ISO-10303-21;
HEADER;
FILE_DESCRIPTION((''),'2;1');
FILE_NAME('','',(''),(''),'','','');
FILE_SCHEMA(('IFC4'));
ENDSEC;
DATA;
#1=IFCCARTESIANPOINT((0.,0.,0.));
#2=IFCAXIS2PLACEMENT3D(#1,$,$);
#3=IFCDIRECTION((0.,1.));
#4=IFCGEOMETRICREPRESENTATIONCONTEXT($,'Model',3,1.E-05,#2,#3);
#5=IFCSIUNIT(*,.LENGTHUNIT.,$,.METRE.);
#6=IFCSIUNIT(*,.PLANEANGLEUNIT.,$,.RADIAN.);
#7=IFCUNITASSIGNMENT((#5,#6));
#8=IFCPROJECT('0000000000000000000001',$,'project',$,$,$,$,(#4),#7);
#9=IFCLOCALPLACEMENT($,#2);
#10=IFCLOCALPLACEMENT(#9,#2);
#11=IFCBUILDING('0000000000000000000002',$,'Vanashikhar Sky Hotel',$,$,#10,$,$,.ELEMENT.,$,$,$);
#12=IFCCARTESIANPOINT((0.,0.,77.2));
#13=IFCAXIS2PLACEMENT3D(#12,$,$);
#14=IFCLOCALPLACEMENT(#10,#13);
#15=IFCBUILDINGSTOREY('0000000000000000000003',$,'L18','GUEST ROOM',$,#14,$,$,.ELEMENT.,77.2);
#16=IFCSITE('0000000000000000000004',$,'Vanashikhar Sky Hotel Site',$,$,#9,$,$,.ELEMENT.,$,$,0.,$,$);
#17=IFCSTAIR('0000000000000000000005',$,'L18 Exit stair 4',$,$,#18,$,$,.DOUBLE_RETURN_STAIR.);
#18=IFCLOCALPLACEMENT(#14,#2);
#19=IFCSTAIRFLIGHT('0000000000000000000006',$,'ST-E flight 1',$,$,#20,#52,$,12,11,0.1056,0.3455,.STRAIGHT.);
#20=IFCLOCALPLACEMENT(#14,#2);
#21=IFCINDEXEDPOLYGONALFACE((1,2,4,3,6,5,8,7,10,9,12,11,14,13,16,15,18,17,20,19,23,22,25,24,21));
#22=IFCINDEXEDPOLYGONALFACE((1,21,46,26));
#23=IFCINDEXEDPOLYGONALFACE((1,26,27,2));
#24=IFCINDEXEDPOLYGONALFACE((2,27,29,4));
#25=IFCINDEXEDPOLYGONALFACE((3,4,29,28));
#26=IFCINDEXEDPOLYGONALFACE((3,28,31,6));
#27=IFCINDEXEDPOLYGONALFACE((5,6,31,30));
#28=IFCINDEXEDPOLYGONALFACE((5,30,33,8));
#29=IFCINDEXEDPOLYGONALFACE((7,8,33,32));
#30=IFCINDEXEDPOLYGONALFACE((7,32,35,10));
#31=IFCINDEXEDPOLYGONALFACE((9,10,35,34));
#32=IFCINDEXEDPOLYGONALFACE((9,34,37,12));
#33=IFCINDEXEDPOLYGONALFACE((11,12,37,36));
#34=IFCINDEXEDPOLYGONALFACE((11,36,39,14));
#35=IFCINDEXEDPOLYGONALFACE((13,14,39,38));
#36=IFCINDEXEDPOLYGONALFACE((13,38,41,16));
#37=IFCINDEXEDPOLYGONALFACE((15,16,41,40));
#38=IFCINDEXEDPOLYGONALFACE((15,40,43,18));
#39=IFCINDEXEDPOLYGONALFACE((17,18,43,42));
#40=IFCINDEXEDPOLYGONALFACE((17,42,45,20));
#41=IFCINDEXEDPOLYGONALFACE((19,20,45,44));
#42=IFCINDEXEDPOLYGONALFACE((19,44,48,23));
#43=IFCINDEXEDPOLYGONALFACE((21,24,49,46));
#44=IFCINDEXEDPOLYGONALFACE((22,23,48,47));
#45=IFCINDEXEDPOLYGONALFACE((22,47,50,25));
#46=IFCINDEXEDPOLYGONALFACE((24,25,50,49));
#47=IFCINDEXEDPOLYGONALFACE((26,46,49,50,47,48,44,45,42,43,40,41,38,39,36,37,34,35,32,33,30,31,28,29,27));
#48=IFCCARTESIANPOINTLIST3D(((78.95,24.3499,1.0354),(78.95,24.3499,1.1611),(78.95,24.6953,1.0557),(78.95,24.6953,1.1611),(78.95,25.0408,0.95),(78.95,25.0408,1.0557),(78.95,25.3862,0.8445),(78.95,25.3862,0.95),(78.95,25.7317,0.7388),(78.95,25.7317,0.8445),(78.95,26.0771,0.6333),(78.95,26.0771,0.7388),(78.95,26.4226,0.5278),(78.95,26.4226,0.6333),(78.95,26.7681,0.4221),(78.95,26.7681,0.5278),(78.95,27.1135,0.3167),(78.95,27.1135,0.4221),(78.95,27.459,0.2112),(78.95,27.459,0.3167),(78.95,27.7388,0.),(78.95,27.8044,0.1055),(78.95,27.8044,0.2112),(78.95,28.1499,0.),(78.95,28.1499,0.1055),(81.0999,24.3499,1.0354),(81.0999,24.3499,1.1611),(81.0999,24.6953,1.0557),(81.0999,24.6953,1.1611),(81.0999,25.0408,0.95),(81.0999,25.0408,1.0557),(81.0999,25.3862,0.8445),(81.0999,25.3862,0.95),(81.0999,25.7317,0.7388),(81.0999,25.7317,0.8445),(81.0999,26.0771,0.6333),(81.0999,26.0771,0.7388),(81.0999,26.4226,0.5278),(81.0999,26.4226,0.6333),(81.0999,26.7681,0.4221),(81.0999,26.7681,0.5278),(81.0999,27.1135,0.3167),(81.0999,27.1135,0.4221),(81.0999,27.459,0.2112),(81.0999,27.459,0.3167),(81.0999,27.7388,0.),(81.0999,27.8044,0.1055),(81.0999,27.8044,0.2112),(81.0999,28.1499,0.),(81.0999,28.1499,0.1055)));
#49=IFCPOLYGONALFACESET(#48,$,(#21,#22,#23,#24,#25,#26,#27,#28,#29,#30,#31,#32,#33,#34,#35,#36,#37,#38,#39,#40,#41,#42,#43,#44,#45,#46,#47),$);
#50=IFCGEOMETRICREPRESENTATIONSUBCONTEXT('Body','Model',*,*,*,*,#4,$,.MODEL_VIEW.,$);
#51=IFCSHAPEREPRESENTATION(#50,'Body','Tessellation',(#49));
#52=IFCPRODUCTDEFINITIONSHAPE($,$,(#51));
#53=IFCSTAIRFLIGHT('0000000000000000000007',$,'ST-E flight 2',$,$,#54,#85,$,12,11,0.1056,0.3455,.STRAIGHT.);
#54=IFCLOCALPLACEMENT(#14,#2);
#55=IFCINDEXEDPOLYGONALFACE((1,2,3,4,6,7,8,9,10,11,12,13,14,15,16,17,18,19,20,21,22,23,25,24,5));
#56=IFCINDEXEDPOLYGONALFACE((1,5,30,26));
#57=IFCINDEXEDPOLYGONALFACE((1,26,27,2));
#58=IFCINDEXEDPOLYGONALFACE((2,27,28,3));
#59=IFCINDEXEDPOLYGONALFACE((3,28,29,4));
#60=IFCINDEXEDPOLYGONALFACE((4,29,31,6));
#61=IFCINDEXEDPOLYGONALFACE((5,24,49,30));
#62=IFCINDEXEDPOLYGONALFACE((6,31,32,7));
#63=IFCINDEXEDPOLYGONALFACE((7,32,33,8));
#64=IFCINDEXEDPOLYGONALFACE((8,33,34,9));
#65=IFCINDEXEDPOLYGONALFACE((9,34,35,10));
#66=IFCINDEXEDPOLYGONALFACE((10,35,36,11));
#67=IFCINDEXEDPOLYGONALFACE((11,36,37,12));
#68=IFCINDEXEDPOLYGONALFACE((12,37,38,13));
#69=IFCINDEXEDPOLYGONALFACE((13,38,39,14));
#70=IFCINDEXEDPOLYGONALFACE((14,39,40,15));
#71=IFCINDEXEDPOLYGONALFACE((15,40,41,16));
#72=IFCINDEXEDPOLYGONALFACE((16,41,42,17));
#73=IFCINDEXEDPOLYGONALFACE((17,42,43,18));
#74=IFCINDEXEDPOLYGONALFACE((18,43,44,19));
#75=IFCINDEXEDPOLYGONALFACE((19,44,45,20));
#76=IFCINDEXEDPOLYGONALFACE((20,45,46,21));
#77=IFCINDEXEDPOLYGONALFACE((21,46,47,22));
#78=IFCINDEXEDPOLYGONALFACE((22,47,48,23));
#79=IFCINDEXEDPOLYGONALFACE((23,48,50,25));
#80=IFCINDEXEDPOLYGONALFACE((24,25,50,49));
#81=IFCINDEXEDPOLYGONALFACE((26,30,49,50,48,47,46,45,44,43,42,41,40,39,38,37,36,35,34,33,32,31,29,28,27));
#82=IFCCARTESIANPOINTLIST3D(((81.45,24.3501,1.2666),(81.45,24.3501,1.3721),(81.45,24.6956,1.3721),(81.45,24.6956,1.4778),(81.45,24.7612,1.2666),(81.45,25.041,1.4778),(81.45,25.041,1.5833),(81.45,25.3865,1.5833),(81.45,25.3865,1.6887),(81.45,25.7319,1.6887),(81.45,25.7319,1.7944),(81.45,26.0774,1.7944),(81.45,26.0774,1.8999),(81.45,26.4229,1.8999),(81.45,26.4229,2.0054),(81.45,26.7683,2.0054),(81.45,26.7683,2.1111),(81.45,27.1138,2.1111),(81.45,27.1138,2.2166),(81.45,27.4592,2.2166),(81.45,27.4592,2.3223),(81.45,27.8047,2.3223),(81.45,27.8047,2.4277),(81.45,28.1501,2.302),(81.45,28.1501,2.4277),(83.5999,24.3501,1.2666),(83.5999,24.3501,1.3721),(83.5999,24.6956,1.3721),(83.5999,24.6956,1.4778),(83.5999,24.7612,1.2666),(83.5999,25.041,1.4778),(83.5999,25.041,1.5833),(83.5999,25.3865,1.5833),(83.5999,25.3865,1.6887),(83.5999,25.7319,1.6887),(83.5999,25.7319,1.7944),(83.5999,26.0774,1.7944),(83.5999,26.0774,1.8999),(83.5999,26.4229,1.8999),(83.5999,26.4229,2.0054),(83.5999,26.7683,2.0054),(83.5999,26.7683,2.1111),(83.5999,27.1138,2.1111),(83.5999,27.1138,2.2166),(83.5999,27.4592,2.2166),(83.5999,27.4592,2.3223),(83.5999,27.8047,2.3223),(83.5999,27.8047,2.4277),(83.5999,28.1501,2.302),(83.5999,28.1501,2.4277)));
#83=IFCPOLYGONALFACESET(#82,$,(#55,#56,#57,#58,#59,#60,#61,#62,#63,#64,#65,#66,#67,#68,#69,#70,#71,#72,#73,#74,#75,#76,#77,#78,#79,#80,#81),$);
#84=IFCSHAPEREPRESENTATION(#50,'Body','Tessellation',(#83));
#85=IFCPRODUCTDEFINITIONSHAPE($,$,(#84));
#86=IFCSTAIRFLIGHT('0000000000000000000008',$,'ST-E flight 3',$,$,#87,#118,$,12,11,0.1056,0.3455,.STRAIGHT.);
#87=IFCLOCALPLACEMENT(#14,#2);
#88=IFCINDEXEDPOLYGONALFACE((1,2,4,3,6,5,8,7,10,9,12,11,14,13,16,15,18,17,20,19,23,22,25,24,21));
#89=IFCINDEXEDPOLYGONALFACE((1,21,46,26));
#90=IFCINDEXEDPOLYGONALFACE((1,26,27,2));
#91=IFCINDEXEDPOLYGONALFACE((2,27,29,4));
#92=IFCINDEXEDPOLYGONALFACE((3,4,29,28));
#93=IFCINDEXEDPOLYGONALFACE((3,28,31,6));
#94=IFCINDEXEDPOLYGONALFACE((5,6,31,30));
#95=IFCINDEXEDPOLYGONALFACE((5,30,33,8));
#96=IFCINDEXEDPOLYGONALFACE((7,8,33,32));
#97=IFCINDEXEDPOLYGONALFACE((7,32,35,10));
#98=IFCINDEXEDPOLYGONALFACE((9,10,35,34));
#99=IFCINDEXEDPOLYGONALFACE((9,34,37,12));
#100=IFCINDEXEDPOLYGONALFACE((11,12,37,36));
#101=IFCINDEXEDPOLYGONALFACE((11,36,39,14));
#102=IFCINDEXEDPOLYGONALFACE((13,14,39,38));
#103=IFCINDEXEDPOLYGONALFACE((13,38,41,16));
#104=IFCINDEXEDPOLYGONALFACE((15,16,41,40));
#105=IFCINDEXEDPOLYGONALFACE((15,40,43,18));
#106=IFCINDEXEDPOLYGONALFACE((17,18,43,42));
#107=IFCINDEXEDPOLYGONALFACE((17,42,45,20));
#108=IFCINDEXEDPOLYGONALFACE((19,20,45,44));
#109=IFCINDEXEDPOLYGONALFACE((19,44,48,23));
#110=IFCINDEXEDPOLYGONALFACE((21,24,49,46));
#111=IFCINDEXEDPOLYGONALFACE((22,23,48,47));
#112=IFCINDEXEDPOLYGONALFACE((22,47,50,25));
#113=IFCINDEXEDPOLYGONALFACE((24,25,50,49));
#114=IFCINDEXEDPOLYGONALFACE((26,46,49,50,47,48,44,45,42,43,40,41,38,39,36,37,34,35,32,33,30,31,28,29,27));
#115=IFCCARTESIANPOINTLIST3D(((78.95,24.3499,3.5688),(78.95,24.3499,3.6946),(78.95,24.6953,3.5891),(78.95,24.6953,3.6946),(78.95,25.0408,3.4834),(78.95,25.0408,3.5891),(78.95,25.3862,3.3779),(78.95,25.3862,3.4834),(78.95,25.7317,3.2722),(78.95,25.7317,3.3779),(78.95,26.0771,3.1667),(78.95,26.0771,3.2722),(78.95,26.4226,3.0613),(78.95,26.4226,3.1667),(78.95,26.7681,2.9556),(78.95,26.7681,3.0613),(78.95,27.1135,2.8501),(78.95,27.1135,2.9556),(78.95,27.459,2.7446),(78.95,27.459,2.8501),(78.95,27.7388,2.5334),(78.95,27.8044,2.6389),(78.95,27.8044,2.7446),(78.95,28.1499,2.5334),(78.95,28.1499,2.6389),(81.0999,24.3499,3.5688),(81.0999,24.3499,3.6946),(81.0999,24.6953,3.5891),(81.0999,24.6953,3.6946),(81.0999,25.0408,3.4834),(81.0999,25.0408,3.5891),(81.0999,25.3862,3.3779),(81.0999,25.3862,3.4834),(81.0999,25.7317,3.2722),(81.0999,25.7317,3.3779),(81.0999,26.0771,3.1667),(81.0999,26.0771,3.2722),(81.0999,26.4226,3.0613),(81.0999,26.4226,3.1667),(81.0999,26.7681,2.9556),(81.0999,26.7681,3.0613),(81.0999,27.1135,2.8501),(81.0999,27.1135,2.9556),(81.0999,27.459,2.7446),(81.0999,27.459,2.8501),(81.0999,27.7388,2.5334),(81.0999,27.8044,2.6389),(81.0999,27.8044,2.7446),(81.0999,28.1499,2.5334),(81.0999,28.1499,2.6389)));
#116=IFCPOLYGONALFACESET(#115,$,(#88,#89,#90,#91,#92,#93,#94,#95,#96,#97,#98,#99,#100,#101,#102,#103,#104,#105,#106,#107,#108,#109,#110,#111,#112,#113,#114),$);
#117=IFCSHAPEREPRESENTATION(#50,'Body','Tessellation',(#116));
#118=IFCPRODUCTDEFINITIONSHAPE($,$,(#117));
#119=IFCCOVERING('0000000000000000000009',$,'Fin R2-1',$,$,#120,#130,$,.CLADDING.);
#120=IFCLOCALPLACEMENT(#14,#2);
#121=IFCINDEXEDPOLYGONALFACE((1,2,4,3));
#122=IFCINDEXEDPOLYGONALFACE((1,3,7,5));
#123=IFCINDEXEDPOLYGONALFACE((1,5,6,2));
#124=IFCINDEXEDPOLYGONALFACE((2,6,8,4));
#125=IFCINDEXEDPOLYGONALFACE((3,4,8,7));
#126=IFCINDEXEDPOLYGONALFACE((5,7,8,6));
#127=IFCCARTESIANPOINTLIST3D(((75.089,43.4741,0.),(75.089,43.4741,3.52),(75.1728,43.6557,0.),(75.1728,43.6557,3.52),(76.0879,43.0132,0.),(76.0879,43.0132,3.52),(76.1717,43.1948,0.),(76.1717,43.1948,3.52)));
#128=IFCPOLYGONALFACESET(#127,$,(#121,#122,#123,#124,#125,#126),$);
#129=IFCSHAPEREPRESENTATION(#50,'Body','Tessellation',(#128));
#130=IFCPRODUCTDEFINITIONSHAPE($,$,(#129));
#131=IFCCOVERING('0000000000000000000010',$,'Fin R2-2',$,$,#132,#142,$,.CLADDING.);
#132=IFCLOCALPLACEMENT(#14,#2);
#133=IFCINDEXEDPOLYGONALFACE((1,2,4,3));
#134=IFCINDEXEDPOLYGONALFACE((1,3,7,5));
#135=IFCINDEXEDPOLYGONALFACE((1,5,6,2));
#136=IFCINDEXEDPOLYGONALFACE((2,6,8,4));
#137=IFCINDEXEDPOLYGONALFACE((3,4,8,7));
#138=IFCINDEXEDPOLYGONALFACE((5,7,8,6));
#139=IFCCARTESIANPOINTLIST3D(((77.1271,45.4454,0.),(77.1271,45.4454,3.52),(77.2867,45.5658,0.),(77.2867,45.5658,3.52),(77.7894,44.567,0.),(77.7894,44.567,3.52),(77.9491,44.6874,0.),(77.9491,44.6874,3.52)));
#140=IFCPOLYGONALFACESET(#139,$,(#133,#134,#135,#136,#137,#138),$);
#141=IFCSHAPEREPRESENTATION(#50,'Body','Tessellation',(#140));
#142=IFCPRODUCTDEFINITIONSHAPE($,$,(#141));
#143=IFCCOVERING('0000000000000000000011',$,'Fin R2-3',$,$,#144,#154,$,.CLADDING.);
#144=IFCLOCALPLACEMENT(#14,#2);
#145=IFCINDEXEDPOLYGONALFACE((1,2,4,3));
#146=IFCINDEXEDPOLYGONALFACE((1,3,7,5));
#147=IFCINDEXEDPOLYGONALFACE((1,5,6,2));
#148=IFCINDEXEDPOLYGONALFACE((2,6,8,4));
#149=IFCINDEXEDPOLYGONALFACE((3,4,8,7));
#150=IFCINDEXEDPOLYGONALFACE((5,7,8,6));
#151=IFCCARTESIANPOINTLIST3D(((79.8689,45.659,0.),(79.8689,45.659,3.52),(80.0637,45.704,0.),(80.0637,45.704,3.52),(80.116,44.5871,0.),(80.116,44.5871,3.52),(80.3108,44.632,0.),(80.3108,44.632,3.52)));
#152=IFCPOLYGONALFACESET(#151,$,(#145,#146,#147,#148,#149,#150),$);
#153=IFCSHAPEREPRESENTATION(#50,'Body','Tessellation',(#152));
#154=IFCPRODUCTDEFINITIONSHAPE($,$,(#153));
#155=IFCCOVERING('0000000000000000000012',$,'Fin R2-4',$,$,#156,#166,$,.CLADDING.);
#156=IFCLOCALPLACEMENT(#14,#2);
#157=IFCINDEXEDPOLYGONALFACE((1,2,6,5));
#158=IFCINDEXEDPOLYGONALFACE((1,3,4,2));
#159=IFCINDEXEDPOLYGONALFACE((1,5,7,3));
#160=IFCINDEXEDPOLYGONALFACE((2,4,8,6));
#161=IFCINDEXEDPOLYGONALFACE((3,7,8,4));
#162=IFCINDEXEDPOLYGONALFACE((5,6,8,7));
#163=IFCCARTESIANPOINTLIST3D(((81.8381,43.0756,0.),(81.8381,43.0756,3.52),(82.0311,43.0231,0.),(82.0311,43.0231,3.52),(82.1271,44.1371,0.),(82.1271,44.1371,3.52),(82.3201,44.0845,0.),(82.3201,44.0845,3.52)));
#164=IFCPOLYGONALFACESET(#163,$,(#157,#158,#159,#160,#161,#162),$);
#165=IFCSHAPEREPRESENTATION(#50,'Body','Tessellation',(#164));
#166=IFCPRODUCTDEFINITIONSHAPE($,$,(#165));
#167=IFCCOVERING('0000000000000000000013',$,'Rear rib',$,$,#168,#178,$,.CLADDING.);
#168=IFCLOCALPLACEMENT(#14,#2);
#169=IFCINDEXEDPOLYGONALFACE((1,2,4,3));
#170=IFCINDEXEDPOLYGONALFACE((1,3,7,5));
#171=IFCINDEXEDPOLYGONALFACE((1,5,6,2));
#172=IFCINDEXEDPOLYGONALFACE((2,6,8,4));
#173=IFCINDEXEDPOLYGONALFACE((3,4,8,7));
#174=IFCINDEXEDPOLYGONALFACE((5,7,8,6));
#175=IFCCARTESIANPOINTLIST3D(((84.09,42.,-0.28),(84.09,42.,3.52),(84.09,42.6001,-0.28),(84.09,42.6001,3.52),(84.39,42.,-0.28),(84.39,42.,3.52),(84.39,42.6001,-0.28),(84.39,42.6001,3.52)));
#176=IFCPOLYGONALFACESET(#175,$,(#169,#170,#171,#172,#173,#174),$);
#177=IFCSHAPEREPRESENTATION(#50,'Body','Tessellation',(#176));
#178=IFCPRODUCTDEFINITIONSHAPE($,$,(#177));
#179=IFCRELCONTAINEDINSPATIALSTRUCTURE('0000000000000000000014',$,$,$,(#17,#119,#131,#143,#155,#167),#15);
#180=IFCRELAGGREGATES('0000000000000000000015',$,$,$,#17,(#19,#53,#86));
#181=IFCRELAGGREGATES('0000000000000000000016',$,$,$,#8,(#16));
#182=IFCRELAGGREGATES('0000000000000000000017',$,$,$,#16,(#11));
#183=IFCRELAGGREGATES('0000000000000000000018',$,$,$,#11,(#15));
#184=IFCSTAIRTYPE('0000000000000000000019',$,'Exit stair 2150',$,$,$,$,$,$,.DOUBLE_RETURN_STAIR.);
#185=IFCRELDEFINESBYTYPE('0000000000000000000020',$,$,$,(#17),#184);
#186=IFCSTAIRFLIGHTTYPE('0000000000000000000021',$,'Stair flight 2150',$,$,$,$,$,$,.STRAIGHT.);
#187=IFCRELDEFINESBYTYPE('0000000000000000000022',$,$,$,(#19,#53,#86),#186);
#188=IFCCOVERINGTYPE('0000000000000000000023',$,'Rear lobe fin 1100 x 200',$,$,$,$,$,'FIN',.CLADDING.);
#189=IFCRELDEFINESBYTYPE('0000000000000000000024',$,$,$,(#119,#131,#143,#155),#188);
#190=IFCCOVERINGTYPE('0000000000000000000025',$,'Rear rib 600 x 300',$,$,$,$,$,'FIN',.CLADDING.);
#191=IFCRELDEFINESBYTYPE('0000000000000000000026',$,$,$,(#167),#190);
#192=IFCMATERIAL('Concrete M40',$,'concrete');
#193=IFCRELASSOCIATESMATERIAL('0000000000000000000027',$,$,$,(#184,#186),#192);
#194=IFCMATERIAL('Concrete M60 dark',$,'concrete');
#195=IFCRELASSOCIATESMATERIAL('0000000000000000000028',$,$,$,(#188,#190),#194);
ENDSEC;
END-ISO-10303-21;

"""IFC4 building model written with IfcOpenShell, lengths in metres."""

from ifc_helpers import new_model, si_unit, direction, frame, origin, origin_2d, place, context, subcontext, project, spatial, polyline, rectangle, outline, extrude, source, transform, mapped, material, material_profile, profile_set, type_object, element, aggregate, save


model = new_model("IFC4")

# Units and contexts
model_context = context("Model", 3, precision=1e-05, world=origin(), true_north=direction((0.0, 1.0)))
body_context = subcontext(model_context, "Body", "Model", "MODEL_VIEW")
ifc_project = project(units=[si_unit("LENGTHUNIT", "METRE"), si_unit("PLANEANGLEUNIT", "RADIAN")], contexts=[model_context])

# Site, building, storey
site_placement = place(None, origin())
site = spatial("IfcSite", under=ifc_project, at=site_placement, Name="Vanashikhar Sky Hotel Site", CompositionType="ELEMENT", RefElevation=0.0)
building_placement = place(site_placement, origin())
building = spatial("IfcBuilding", under=site, at=building_placement, Name="Vanashikhar Sky Hotel", CompositionType="ELEMENT")
storey_placement = place(building_placement, frame((0.0, 0.0, 77.2)))
storey = spatial("IfcBuildingStorey", under=building, at=storey_placement, Name="L18", Description="GUEST ROOM", CompositionType="ELEMENT", Elevation=77.2)

# Stair, stair flights
ifc_material_1 = material(Name="Concrete M40", Category="concrete")
stair_type = type_object("IfcStairType", Name="Exit stair 2150", PredefinedType="DOUBLE_RETURN_STAIR", material=ifc_material_1)
stair_placement = place(storey_placement, origin())
stair = element("IfcStair", 1, at=stair_placement, inside=storey, type_object=stair_type, Name="L18 Exit stair 4", PredefinedType="DOUBLE_RETURN_STAIR")
stair_flight_type = type_object("IfcStairFlightType", Name="Stair flight 2150", PredefinedType="STRAIGHT", material=ifc_material_1)
shared_shape_1 = source(origin(), body_context, "Body", "SweptSolid", [
    extrude(outline(polyline([(0.0, 0.0), (0.0, 0.1055), (0.3455, 0.1055), (0.3455, 0.2112), (0.6909, 0.2112), (0.6909, 0.3167), (1.0364, 0.3167), (1.0364, 0.4221), (1.3818, 0.4221), (1.3818, 0.5278), (1.7273, 0.5278), (1.7273, 0.6333), (2.0728, 0.6333), (2.0728, 0.7388), (2.4182, 0.7388), (2.4182, 0.8445), (2.7637, 0.8445), (2.7637, 0.95), (3.1091, 0.95), (3.1091, 1.0557), (3.4546, 1.0557), (3.4546, 1.1611), (3.8, 1.1611), (3.8, 1.2666), (3.8, 1.0354), (0.4111, 0.0), (0.0, 0.0)])), frame((0.0, 1.075, 0.0), z_axis=(0.0, -1.0, 0.0), x_axis=(1.0, 0.0, 0.0)), (0.0, 0.0, 1.0), 2.1499),
])
stair_flight_1_placement = place(storey_placement, frame((80.0249, 28.1499, 0.0), z_axis=(0.0, 0.0, 1.0), x_axis=(0.0, -1.0, 0.0)))
stair_flight_1 = element("IfcStairFlight", 2, at=stair_flight_1_placement, type_object=stair_flight_type, Name="ST-E flight 1", NumberOfRisers=12, NumberOfTreads=11, PredefinedType="STRAIGHT", RiserHeight=0.1056, TreadLength=0.3455, context=body_context, shape_type="MappedRepresentation", body=[
    mapped(shared_shape_1, transform((0.0, 0.0, 0.0), scale=1.0)),
])
stair_flight_2_placement = place(storey_placement, frame((82.5249, 24.3501, 1.2666), z_axis=(0.0, 0.0, 1.0), x_axis=(0.0, 1.0, 0.0)))
stair_flight_2 = element("IfcStairFlight", 3, at=stair_flight_2_placement, type_object=stair_flight_type, Name="ST-E flight 2", NumberOfRisers=12, NumberOfTreads=11, PredefinedType="STRAIGHT", RiserHeight=0.1056, TreadLength=0.3455, context=body_context, shape_type="MappedRepresentation", body=[
    mapped(shared_shape_1, transform((0.0, 0.0, 0.0), scale=1.0)),
])
stair_flight_3_placement = place(storey_placement, frame((80.0249, 28.1499, 2.5334), z_axis=(0.0, 0.0, 1.0), x_axis=(0.0, -1.0, 0.0)))
stair_flight_3 = element("IfcStairFlight", 4, at=stair_flight_3_placement, type_object=stair_flight_type, Name="ST-E flight 3", NumberOfRisers=12, NumberOfTreads=11, PredefinedType="STRAIGHT", RiserHeight=0.1056, TreadLength=0.3455, context=body_context, shape_type="MappedRepresentation", body=[
    mapped(shared_shape_1, transform((0.0, 0.0, 0.0), scale=1.0)),
])
aggregate(stair, [stair_flight_1, stair_flight_2, stair_flight_3])

# Coverings
ifc_material_2 = material(Name="Concrete M60 dark", Category="concrete")
ifc_material_profile_1 = material_profile(ifc_material_2, rectangle(XDim=1.1001, YDim=0.2, at=origin_2d()))
ifc_profile_set_1 = profile_set([ifc_material_profile_1], Name="Rear lobe fin 1100 x 200")
covering_type_1 = type_object("IfcCoveringType", Name="Rear lobe fin 1100 x 200", ElementType="FIN", PredefinedType="CLADDING", material=ifc_profile_set_1)
shared_shape_2 = source(origin(), body_context, "Body", "SweptSolid", [
    extrude(rectangle(XDim=1.1001, YDim=0.2, at=origin_2d()), origin(), (0.0, 0.0, 1.0), 3.52),
])
for number, where, z_axis, x_axis, name in (
    (5, (75.6304, 43.3345, 0.0), (0.0, 0.0, 1.0), (-0.908004, 0.418961, 0.0), "Fin R2-1"),
    (6, (77.5381, 45.0664, 0.0), (0.0, 0.0, 1.0), (-0.602066, 0.798446, 0.0), "Fin R2-2"),
    (7, (80.0898, 45.1455, 0.0), (0.0, 0.0, 1.0), (-0.224645, 0.974441, 0.0), "Fin R2-3"),
    (8, (82.0791, 43.5801, 0.0), (0.0, 0.0, 1.0), (0.262711, 0.964874, 0.0), "Fin R2-4"),
):
    element("IfcCovering", number, at=place(storey_placement, frame(where, z_axis=z_axis, x_axis=x_axis)), inside=storey, type_object=covering_type_1, Name=name, PredefinedType="CLADDING", context=body_context, shape_type="MappedRepresentation", body=[
        mapped(shared_shape_2, transform((0.0, 0.0, 0.0), scale=1.0)),
    ])
ifc_material_profile_2 = material_profile(ifc_material_2, rectangle(XDim=0.6001, YDim=0.3, at=origin_2d()))
ifc_profile_set_2 = profile_set([ifc_material_profile_2], Name="Rear rib 600 x 300")
covering_type_2 = type_object("IfcCoveringType", Name="Rear rib 600 x 300", ElementType="FIN", PredefinedType="CLADDING", material=ifc_profile_set_2)
shared_shape_3 = source(origin(), body_context, "Body", "SweptSolid", [
    extrude(rectangle(XDim=0.6001, YDim=0.3, at=origin_2d()), origin(), (0.0, 0.0, 1.0), 3.8),
])
covering_placement = place(storey_placement, frame((84.24, 42.3, -0.28), z_axis=(0.0, 0.0, 1.0), x_axis=(0.0, 1.0, 0.0)))
element("IfcCovering", 9, at=covering_placement, inside=storey, type_object=covering_type_2, Name="Rear rib", PredefinedType="CLADDING", context=body_context, shape_type="MappedRepresentation", body=[
    mapped(shared_shape_3, transform((0.0, 0.0, 0.0), scale=1.0)),
])

save(model, "model.ifc")
